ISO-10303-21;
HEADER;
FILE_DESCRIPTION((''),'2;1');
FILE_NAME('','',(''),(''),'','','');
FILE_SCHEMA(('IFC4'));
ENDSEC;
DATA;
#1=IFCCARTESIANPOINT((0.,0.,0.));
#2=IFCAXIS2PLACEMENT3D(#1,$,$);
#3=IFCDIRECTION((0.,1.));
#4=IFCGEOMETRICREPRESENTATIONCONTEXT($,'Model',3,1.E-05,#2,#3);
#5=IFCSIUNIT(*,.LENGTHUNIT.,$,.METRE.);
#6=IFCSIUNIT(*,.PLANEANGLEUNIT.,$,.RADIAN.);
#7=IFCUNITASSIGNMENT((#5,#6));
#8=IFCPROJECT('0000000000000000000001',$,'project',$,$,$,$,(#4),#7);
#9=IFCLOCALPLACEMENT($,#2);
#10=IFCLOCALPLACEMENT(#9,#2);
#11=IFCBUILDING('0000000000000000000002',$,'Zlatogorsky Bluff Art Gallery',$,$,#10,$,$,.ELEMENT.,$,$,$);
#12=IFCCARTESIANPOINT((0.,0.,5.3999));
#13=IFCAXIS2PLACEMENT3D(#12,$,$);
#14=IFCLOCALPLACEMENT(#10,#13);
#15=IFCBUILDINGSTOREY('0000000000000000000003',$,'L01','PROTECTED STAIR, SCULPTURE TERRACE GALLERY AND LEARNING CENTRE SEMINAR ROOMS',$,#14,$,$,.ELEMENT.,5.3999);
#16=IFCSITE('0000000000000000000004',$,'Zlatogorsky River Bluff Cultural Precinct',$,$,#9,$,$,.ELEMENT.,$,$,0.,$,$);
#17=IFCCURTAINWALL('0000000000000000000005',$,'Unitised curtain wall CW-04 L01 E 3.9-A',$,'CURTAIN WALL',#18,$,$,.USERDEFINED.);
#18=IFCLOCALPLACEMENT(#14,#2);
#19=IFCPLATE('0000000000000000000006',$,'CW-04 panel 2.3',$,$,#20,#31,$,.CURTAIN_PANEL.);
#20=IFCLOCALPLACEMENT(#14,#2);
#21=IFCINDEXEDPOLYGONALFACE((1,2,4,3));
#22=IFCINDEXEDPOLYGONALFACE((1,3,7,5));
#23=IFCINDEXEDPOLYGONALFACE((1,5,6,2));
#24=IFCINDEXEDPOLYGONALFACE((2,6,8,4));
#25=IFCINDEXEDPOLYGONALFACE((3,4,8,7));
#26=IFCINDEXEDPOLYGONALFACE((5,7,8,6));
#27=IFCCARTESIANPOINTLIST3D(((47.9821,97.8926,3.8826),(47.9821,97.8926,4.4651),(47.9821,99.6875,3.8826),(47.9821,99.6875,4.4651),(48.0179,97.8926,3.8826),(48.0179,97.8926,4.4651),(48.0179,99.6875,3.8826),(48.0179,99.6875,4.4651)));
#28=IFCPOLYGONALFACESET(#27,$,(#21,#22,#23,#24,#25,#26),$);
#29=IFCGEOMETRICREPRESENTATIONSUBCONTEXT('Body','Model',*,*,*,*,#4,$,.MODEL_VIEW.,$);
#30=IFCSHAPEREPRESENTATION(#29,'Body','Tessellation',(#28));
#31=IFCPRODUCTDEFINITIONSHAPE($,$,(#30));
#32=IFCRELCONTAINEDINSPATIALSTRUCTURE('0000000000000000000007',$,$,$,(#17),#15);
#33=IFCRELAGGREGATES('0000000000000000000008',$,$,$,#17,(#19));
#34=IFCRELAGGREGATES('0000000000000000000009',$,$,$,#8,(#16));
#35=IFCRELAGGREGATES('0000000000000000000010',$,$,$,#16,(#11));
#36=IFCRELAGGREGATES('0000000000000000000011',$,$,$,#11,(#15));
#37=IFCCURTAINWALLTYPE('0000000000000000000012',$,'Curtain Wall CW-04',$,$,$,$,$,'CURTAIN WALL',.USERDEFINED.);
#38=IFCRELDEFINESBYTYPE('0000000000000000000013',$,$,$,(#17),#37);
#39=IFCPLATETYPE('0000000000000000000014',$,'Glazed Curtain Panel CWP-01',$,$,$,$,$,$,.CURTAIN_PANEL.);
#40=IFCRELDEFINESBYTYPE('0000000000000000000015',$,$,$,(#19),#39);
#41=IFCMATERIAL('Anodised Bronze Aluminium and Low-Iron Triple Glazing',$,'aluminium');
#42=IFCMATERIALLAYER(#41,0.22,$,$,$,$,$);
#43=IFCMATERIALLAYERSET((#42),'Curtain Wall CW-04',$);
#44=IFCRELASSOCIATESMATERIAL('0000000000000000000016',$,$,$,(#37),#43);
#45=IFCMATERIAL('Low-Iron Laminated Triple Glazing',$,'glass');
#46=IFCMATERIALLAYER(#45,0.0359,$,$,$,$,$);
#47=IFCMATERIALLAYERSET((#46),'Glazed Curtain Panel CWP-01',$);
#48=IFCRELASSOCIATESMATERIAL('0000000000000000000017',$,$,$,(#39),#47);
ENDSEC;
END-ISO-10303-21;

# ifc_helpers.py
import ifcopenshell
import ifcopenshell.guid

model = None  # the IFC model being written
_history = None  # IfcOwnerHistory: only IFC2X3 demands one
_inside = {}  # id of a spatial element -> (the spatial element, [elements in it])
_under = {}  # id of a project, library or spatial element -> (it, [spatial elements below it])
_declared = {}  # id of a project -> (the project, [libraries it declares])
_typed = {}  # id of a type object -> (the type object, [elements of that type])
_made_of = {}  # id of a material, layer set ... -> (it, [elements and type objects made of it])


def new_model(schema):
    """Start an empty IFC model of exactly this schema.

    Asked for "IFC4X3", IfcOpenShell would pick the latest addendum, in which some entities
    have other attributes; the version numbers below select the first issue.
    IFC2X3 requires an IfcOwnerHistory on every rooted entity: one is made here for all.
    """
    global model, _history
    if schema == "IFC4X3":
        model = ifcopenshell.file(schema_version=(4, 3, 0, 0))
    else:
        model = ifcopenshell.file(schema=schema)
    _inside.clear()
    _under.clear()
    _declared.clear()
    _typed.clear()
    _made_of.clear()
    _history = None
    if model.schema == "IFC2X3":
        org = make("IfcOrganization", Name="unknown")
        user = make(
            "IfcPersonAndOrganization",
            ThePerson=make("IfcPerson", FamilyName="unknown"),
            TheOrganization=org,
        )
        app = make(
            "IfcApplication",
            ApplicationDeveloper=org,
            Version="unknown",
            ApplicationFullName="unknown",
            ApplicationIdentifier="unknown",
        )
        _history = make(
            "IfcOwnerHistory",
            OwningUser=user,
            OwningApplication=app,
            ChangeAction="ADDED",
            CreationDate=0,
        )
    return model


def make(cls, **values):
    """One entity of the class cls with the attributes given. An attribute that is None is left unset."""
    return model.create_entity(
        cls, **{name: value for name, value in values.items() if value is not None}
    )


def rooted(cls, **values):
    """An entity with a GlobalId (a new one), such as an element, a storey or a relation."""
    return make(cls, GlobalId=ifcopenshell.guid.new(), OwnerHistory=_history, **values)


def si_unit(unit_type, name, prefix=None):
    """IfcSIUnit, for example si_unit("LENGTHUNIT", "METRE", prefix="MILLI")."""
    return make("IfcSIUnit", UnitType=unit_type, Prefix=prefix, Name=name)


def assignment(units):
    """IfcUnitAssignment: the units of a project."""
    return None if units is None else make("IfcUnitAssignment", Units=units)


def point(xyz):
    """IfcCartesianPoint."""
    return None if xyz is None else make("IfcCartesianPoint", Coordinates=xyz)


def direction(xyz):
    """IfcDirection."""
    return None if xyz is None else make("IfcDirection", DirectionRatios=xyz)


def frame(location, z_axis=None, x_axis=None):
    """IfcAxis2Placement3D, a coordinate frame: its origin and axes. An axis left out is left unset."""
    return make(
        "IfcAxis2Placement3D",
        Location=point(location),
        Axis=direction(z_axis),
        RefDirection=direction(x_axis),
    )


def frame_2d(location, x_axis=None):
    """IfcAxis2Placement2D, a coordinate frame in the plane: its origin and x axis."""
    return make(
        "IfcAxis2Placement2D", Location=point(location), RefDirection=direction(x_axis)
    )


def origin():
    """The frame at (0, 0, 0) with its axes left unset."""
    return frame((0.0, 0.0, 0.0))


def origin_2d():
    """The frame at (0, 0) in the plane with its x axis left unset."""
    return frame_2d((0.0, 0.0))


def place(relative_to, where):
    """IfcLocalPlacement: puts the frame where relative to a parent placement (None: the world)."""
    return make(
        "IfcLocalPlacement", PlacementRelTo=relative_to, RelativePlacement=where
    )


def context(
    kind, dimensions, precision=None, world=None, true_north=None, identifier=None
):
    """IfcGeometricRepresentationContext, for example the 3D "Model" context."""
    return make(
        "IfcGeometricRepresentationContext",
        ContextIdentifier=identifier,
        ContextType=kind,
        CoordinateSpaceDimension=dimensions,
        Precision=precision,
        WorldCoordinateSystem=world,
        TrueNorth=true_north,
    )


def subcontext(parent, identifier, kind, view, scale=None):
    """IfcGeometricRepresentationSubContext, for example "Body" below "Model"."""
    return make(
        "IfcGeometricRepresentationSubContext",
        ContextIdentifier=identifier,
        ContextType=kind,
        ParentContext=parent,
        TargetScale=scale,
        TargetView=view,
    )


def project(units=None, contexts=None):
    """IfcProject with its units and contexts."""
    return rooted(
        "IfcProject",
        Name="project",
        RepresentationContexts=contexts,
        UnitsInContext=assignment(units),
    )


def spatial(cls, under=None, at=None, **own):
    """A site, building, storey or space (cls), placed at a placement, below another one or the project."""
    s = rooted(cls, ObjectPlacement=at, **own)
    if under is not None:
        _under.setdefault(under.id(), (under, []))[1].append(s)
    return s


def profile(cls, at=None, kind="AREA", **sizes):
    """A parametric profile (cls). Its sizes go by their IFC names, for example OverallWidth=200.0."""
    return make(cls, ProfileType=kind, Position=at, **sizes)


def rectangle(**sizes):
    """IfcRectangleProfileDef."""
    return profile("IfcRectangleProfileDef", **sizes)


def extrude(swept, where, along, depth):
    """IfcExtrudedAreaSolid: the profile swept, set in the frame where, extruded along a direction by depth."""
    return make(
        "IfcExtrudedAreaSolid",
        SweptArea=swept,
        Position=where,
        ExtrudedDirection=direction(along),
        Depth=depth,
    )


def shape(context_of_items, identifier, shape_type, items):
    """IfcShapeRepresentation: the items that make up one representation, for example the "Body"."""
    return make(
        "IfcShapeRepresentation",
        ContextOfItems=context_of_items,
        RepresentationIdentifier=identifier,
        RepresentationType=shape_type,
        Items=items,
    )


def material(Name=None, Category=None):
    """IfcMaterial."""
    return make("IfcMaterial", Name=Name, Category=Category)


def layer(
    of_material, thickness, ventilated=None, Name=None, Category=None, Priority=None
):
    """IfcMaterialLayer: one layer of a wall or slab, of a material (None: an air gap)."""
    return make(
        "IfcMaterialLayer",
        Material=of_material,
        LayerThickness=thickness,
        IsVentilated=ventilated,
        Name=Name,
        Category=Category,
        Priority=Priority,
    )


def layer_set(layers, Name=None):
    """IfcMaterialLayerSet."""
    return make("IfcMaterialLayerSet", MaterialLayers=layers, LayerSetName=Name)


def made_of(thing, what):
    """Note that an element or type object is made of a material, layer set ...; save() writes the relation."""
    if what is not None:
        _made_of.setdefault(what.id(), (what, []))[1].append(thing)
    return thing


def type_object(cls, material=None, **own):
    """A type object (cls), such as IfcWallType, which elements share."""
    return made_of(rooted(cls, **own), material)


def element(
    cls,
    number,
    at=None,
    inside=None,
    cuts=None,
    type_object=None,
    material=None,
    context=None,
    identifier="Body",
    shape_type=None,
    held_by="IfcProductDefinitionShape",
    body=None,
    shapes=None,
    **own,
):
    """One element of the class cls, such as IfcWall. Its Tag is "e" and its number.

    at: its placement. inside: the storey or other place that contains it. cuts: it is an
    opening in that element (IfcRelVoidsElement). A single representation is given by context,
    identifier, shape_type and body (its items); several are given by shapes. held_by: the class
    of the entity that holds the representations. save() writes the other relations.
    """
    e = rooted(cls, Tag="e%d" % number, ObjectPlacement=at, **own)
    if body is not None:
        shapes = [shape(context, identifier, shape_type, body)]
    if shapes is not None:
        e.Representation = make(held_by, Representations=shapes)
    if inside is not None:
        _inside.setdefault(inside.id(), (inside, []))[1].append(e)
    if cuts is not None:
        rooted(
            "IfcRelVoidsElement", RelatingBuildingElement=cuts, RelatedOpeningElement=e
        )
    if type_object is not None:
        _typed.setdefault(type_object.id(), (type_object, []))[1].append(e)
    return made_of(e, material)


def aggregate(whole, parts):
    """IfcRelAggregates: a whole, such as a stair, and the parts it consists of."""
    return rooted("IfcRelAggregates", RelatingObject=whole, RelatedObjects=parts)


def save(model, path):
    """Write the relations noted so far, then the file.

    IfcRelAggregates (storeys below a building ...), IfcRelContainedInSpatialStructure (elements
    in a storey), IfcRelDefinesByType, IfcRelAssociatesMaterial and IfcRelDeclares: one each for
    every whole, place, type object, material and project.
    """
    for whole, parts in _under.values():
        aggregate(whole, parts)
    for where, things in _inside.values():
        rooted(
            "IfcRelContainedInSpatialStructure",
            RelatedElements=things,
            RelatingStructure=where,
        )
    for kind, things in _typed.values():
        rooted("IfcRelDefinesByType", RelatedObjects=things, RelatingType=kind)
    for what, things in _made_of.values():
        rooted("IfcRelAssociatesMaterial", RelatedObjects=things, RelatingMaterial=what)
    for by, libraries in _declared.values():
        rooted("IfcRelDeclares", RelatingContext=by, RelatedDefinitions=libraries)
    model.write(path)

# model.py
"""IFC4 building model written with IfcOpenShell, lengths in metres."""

from ifc_helpers import new_model, si_unit, direction, frame, origin, origin_2d, place, context, subcontext, project, spatial, rectangle, extrude, material, layer, layer_set, type_object, element, aggregate, save


model = new_model("IFC4")

# Units and contexts
model_context = context("Model", 3, precision=1e-05, world=origin(), true_north=direction((0.0, 1.0)))
body_context = subcontext(model_context, "Body", "Model", "MODEL_VIEW")
ifc_project = project(units=[si_unit("LENGTHUNIT", "METRE"), si_unit("PLANEANGLEUNIT", "RADIAN")], contexts=[model_context])

# Site, building, storey
site_placement = place(None, origin())
site = spatial("IfcSite", under=ifc_project, at=site_placement, Name="Zlatogorsky River Bluff Cultural Precinct", CompositionType="ELEMENT", RefElevation=0.0)
building_placement = place(site_placement, origin())
building = spatial("IfcBuilding", under=site, at=building_placement, Name="Zlatogorsky Bluff Art Gallery", CompositionType="ELEMENT")
storey_placement = place(building_placement, frame((0.0, 0.0, 5.3999)))
storey = spatial("IfcBuildingStorey", under=building, at=storey_placement, Name="L01", Description="PROTECTED STAIR, SCULPTURE TERRACE GALLERY AND LEARNING CENTRE SEMINAR ROOMS", CompositionType="ELEMENT", Elevation=5.3999)

# Shared definitions
ifc_material_1 = material(Name="Anodised Bronze Aluminium and Low-Iron Triple Glazing", Category="aluminium")
ifc_layer_1 = layer(ifc_material_1, 0.22)
ifc_layer_set_1 = layer_set([ifc_layer_1], Name="Curtain Wall CW-04")
curtain_wall_type = type_object("IfcCurtainWallType", Name="Curtain Wall CW-04", ElementType="CURTAIN WALL", PredefinedType="USERDEFINED", material=ifc_layer_set_1)

# Curtain wall
curtain_wall_1_placement = place(storey_placement, origin())
curtain_wall_1 = element("IfcCurtainWall", 1, at=curtain_wall_1_placement, inside=storey, type_object=curtain_wall_type, Name="Unitised curtain wall CW-04 L01 E 3.9-A", ObjectType="CURTAIN WALL", PredefinedType="USERDEFINED")

# Plate
ifc_material_2 = material(Name="Low-Iron Laminated Triple Glazing", Category="glass")
ifc_layer_2 = layer(ifc_material_2, 0.0359)
ifc_layer_set_2 = layer_set([ifc_layer_2], Name="Glazed Curtain Panel CWP-01")
plate_type = type_object("IfcPlateType", Name="Glazed Curtain Panel CWP-01", PredefinedType="CURTAIN_PANEL", material=ifc_layer_set_2)
plate_1_placement = place(storey_placement, frame((48.0, 98.79, 3.8826), z_axis=(0.0, 0.0, 1.0), x_axis=(0.0, 1.0, 0.0)))
plate_1 = element("IfcPlate", 2, at=plate_1_placement, type_object=plate_type, Name="CW-04 panel 2.3", PredefinedType="CURTAIN_PANEL", context=body_context, shape_type="SweptSolid", body=[
    extrude(rectangle(XDim=1.7949, YDim=0.0359, at=origin_2d()), origin(), (0.0, 0.0, 1.0), 0.5825),
])
aggregate(curtain_wall_1, [plate_1])

save(model, "model.ifc")
